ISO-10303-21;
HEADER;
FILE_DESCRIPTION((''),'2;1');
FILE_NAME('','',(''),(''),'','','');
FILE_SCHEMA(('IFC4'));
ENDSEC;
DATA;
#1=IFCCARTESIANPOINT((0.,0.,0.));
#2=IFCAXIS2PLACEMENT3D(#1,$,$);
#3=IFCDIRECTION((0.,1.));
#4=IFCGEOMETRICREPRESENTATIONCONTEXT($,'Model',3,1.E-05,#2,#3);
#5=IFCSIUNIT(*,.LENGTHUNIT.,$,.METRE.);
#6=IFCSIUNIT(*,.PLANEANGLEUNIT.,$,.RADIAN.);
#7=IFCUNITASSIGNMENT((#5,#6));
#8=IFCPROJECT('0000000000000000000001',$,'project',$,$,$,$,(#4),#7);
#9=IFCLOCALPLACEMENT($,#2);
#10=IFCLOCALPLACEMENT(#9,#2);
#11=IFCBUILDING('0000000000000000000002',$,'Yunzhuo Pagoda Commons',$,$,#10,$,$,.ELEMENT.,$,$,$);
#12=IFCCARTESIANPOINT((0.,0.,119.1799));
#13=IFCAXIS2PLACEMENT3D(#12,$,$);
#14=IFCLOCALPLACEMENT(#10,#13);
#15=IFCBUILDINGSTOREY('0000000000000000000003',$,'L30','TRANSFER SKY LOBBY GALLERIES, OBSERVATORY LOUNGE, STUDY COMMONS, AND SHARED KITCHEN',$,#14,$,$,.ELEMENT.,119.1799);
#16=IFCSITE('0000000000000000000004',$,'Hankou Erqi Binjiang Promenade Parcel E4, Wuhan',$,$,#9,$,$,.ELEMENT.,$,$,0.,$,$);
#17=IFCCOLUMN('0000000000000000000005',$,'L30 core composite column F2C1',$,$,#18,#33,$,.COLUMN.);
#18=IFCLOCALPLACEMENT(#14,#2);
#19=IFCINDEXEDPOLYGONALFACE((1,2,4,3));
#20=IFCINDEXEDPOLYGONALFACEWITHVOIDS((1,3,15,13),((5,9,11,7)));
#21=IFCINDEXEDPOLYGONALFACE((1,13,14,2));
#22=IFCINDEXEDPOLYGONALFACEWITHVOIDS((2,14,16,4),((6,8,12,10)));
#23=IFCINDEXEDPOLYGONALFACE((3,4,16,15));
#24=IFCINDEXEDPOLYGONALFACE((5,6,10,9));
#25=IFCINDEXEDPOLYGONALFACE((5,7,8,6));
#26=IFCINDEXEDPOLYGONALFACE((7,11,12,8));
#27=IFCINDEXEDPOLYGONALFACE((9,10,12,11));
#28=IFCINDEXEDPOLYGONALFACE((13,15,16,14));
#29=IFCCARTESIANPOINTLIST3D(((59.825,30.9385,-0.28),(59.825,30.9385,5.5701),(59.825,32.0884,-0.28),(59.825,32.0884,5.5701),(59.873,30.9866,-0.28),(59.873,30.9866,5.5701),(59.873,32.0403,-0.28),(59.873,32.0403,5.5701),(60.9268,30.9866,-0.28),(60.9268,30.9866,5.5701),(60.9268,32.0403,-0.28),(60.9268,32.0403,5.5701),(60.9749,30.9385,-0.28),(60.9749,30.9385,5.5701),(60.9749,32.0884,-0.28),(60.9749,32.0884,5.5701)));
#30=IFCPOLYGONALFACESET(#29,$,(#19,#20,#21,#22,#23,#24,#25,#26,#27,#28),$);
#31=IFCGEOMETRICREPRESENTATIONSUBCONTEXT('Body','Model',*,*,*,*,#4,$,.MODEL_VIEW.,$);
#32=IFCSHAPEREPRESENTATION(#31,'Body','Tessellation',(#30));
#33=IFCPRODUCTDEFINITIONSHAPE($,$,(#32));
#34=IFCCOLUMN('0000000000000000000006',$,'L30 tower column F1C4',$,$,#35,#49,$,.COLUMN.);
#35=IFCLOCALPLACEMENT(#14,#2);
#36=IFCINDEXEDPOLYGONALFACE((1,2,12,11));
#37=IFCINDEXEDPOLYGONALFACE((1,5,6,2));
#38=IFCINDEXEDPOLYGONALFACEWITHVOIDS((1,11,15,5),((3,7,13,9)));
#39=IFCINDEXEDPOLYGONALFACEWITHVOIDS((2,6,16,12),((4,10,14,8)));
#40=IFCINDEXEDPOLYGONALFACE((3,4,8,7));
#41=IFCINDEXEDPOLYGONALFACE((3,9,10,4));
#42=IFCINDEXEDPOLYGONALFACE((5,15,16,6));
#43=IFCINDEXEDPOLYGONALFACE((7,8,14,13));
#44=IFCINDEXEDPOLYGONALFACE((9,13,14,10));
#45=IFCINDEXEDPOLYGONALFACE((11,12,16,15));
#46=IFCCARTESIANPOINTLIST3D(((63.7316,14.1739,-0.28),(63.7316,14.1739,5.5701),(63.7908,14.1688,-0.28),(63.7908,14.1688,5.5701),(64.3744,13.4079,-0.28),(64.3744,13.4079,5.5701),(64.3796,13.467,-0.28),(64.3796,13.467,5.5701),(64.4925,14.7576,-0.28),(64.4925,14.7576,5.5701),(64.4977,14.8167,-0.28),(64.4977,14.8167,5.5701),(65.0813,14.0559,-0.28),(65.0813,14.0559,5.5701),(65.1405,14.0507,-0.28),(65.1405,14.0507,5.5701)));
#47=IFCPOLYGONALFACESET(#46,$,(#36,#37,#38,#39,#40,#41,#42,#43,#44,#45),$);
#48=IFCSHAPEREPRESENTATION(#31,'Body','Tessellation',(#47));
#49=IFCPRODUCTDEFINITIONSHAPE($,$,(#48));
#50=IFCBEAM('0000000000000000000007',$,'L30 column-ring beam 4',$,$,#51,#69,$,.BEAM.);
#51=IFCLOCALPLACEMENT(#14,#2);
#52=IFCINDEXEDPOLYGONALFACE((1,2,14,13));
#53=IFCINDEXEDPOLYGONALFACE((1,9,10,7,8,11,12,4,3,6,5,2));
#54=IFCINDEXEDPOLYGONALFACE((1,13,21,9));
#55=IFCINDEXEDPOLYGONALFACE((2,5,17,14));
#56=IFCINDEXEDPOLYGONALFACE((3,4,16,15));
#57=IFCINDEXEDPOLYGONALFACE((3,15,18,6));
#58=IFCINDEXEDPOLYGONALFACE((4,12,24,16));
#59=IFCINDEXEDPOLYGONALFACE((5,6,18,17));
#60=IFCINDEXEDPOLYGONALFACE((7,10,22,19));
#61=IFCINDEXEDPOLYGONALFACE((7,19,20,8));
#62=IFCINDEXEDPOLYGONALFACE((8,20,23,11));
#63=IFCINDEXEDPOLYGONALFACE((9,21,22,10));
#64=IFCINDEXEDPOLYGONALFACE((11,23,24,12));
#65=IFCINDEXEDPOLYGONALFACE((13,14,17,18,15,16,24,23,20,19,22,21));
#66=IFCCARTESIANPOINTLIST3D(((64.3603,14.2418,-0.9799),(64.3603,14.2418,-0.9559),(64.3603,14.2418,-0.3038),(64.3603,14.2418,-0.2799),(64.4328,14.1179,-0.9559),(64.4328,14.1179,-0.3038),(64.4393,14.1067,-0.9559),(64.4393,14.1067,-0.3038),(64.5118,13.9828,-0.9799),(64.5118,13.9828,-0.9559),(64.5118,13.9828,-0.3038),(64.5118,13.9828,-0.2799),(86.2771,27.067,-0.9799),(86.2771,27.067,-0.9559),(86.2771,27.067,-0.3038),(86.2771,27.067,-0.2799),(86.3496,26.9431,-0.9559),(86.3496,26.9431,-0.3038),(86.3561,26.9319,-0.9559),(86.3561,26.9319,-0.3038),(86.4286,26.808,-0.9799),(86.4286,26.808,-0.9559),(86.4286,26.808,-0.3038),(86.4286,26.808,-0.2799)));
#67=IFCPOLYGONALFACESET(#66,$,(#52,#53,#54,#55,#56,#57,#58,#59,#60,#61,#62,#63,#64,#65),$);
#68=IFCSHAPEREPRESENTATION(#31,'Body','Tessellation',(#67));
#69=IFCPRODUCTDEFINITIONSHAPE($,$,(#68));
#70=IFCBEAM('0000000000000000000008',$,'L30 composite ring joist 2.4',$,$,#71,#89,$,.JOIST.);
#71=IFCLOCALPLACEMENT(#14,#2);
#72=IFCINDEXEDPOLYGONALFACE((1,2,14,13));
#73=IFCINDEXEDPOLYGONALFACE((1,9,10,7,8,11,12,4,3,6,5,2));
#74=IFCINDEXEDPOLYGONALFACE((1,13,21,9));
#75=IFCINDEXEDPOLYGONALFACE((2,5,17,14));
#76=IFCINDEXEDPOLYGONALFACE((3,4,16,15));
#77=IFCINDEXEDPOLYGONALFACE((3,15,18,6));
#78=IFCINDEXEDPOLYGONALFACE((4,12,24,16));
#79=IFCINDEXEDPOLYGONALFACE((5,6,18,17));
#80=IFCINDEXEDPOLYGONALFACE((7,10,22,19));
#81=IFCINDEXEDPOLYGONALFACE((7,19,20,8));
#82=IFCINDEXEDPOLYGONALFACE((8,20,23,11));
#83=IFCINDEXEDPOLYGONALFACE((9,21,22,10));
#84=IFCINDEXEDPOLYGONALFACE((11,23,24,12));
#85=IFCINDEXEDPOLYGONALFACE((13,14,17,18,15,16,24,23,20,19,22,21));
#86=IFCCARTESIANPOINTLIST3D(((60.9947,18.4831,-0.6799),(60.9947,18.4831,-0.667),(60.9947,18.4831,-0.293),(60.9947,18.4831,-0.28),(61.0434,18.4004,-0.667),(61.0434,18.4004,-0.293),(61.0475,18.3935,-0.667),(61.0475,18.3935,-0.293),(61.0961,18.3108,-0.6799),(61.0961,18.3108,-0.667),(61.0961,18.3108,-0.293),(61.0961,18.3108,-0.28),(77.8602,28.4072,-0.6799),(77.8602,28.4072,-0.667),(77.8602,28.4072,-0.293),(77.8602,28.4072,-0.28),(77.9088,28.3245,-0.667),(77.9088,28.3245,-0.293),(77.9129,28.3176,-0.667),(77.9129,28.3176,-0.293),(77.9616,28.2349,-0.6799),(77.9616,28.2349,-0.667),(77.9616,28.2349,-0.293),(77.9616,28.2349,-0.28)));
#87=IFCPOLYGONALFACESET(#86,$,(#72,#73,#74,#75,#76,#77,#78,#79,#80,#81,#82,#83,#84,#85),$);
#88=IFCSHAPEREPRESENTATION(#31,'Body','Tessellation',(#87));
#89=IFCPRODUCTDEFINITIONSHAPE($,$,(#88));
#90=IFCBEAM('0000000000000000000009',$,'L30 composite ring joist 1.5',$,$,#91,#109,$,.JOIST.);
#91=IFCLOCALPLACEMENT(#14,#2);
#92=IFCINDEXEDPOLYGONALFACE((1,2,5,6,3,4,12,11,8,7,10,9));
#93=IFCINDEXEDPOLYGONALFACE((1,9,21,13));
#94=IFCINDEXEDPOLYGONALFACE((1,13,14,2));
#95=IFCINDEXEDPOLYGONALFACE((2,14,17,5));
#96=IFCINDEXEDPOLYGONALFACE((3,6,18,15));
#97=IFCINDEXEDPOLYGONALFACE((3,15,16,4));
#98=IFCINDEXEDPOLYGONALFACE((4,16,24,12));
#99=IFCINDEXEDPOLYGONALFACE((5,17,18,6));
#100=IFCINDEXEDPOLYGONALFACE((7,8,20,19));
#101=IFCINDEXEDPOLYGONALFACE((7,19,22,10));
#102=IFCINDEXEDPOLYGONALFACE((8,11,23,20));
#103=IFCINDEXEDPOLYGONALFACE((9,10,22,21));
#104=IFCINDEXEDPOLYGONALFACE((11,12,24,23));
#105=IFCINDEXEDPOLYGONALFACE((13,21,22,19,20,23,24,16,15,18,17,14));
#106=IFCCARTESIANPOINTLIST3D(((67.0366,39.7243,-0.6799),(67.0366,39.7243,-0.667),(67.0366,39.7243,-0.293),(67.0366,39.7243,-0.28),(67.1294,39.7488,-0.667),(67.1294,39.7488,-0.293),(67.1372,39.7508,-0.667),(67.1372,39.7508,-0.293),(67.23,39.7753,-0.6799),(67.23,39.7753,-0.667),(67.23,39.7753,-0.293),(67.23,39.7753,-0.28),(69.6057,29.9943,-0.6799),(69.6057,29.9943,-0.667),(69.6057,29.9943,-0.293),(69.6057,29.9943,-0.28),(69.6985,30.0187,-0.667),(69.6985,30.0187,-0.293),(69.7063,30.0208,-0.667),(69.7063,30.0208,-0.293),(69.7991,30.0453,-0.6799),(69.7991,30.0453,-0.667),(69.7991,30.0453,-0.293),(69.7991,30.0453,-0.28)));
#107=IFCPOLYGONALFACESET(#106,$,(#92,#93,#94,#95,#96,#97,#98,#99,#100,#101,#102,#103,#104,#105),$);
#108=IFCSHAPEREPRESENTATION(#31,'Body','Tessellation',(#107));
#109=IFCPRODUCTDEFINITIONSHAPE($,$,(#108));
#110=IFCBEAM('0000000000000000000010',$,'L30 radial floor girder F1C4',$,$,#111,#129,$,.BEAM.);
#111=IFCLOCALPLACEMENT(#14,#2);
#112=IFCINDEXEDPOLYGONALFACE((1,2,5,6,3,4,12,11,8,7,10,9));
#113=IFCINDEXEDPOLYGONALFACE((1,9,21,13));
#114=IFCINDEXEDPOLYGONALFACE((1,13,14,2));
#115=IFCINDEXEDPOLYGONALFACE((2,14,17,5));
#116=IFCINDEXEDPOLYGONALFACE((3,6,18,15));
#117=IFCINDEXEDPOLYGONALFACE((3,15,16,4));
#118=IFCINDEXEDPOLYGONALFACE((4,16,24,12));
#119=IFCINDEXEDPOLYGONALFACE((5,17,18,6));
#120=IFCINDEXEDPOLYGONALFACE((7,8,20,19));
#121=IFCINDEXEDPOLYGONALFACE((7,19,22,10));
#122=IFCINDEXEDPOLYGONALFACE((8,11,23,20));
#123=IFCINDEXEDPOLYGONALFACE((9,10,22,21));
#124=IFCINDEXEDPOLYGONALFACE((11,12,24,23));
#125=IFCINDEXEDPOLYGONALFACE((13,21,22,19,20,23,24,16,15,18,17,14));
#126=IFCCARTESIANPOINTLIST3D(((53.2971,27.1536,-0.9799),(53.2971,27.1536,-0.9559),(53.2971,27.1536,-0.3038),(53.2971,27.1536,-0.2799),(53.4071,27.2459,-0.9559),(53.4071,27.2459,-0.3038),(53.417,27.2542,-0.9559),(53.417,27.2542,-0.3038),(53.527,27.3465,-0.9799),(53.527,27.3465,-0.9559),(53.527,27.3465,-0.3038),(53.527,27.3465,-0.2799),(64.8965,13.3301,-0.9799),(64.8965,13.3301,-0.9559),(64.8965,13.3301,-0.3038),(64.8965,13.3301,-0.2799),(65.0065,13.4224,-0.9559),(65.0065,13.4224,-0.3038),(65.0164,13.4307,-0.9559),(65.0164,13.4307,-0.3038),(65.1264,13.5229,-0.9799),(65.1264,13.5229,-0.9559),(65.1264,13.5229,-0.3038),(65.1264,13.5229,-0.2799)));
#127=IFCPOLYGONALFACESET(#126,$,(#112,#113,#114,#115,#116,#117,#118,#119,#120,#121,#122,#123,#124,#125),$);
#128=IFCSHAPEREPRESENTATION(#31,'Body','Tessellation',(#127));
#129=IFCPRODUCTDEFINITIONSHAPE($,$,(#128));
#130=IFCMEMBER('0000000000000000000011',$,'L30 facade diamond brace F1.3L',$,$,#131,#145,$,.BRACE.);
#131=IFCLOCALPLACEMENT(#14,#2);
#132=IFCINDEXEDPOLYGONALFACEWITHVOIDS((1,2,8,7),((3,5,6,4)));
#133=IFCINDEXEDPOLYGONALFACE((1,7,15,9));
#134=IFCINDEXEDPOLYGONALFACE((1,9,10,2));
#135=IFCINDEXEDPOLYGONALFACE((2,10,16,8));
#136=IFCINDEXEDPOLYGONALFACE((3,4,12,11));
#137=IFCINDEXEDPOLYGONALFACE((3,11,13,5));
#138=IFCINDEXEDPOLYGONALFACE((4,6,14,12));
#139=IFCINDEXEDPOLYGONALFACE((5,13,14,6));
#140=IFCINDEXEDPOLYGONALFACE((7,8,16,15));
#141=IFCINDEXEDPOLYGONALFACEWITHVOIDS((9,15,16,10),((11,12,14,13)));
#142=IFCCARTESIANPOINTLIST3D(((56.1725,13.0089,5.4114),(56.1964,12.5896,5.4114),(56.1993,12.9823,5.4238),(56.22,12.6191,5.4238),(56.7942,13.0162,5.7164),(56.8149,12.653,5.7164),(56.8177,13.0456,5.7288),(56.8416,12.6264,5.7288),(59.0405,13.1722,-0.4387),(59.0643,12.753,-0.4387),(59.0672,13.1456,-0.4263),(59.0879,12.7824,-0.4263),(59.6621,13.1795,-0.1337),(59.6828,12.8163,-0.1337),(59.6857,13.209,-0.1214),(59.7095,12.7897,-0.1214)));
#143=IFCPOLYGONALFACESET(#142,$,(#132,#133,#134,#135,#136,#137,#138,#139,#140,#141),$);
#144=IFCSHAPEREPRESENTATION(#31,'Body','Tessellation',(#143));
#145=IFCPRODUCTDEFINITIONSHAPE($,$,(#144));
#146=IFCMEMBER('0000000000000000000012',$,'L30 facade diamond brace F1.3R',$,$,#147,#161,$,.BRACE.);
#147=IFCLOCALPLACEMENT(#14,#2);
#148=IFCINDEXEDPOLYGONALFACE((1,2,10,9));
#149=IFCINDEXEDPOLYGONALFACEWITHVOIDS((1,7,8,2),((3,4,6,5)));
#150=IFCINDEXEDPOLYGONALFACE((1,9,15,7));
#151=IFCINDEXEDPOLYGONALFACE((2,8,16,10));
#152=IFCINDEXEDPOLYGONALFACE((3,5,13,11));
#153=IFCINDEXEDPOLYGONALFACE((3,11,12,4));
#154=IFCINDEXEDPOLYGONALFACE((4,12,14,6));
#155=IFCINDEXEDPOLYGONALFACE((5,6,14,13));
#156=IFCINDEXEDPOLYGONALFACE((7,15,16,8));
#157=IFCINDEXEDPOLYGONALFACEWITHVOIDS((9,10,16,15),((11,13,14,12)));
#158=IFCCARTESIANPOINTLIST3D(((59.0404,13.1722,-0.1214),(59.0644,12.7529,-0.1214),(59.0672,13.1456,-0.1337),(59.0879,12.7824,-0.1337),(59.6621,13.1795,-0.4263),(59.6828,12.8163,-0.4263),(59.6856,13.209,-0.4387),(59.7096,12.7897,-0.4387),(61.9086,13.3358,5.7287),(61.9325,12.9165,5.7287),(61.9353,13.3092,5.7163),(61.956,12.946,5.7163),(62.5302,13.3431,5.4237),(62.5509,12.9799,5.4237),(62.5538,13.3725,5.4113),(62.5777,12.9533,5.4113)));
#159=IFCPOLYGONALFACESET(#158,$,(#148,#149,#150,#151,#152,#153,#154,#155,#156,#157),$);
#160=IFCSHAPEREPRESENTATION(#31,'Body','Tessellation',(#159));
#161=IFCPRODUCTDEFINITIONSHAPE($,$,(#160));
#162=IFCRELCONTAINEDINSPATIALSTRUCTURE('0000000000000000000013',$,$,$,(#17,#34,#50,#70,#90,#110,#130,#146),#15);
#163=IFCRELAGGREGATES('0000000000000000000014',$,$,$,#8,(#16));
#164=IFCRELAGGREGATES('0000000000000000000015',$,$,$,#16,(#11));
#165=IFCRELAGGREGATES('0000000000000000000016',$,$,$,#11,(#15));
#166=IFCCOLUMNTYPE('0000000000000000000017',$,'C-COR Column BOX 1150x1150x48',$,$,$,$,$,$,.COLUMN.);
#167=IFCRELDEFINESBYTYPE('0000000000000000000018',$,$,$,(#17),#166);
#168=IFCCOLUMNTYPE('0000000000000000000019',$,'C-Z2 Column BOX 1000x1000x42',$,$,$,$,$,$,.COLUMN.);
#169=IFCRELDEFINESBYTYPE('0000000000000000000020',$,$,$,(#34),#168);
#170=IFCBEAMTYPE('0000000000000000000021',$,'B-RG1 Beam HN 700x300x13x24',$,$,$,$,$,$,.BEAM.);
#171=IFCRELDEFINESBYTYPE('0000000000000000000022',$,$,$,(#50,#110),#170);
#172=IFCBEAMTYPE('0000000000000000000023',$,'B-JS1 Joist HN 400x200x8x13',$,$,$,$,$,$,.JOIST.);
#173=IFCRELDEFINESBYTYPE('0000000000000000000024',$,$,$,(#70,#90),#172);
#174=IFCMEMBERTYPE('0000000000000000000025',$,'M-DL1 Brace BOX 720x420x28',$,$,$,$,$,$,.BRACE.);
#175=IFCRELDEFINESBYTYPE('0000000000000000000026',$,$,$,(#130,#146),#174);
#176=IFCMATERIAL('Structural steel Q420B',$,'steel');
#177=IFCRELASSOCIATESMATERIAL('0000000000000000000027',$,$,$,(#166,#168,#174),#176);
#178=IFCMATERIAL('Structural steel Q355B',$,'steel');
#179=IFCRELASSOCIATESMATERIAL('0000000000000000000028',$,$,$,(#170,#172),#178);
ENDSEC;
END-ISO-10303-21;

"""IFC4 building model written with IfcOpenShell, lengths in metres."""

from ifc_helpers import new_model, si_unit, direction, frame, origin, origin_2d, place, context, subcontext, project, spatial, hollow_rectangle, i_section, extrude, source, transform, mapped, material, material_profile, profile_set, type_object, element, save


model = new_model("IFC4")

# Units and contexts
model_context = context("Model", 3, precision=1e-05, world=origin(), true_north=direction((0.0, 1.0)))
body_context = subcontext(model_context, "Body", "Model", "MODEL_VIEW")
ifc_project = project(units=[si_unit("LENGTHUNIT", "METRE"), si_unit("PLANEANGLEUNIT", "RADIAN")], contexts=[model_context])

# Site, building, storey
site_placement = place(None, origin())
site = spatial("IfcSite", under=ifc_project, at=site_placement, Name="Hankou Erqi Binjiang Promenade Parcel E4, Wuhan", CompositionType="ELEMENT", RefElevation=0.0)
building_placement = place(site_placement, origin())
building = spatial("IfcBuilding", under=site, at=building_placement, Name="Yunzhuo Pagoda Commons", CompositionType="ELEMENT")
storey_placement = place(building_placement, frame((0.0, 0.0, 119.1799)))
storey = spatial("IfcBuildingStorey", under=building, at=storey_placement, Name="L30", Description="TRANSFER SKY LOBBY GALLERIES, OBSERVATORY LOUNGE, STUDY COMMONS, AND SHARED KITCHEN", CompositionType="ELEMENT", Elevation=119.1799)

# Columns
ifc_material_1 = material(Name="Structural steel Q420B", Category="steel")
ifc_material_profile_1 = material_profile(ifc_material_1, hollow_rectangle(XDim=1.1499, YDim=1.1499, WallThickness=0.0481, at=origin_2d()), Name="Structural steel Q420B")
ifc_profile_set_1 = profile_set([ifc_material_profile_1], Name="Structural steel Q420B")
column_type_1 = type_object("IfcColumnType", Name="C-COR Column BOX 1150x1150x48", PredefinedType="COLUMN", material=ifc_profile_set_1)
shared_shape_1 = source(origin(), body_context, "Body", "SweptSolid", [
    extrude(hollow_rectangle(XDim=1.1499, YDim=1.1499, WallThickness=0.0481, at=origin_2d()), origin(), (0.0, 0.0, 1.0), 5.8501),
])
column_1_placement = place(storey_placement, frame((60.3999, 31.5134, -0.28), z_axis=(0.0, 0.0, 1.0), x_axis=(1.0, 0.0, 0.0)))
element("IfcColumn", 1, at=column_1_placement, inside=storey, type_object=column_type_1, Name="L30 core composite column F2C1", PredefinedType="COLUMN", context=body_context, shape_type="MappedRepresentation", body=[
    mapped(shared_shape_1, transform((0.0, 0.0, 0.0), scale=1.0)),
])
ifc_material_profile_2 = material_profile(ifc_material_1, hollow_rectangle(XDim=1.0, YDim=1.0, WallThickness=0.042, at=origin_2d()), Name="Structural steel Q420B")
ifc_profile_set_2 = profile_set([ifc_material_profile_2], Name="Structural steel Q420B")
column_type_2 = type_object("IfcColumnType", Name="C-Z2 Column BOX 1000x1000x42", PredefinedType="COLUMN", material=ifc_profile_set_2)
shared_shape_2 = source(origin(), body_context, "Body", "SweptSolid", [
    extrude(hollow_rectangle(XDim=1.0, YDim=1.0, WallThickness=0.042, at=origin_2d()), origin(), (0.0, 0.0, 1.0), 5.8501),
])
column_2_placement = place(storey_placement, frame((64.436, 14.1123, -0.28), z_axis=(0.0, 0.0, 1.0), x_axis=(0.766044, 0.642788, 0.0)))
element("IfcColumn", 2, at=column_2_placement, inside=storey, type_object=column_type_2, Name="L30 tower column F1C4", PredefinedType="COLUMN", context=body_context, shape_type="MappedRepresentation", body=[
    mapped(shared_shape_2, transform((0.0, 0.0, 0.0), scale=1.0)),
])

# Beams
ifc_material_2 = material(Name="Structural steel Q355B", Category="steel")
ifc_material_profile_3 = material_profile(ifc_material_2, i_section(OverallWidth=0.3, OverallDepth=0.7, WebThickness=0.0129, FlangeThickness=0.0239, at=origin_2d()), Name="Structural steel Q355B")
ifc_profile_set_3 = profile_set([ifc_material_profile_3], Name="Structural steel Q355B")
beam_type_1 = type_object("IfcBeamType", Name="B-RG1 Beam HN 700x300x13x24", PredefinedType="BEAM", material=ifc_profile_set_3)
shared_shape_3 = source(origin(), body_context, "Body", "SweptSolid", [
    extrude(i_section(OverallWidth=0.3, OverallDepth=0.7, WebThickness=0.0129, FlangeThickness=0.0239, at=origin_2d()), origin(), (0.0, 0.0, 1.0), 25.3936),
])
beam_1_placement = place(storey_placement, frame((64.436, 14.1123, -0.6299), z_axis=(0.863085, 0.505058, 0.0), x_axis=(-0.505058, 0.863085, 0.0)))
element("IfcBeam", 3, at=beam_1_placement, inside=storey, type_object=beam_type_1, Name="L30 column-ring beam 4", PredefinedType="BEAM", context=body_context, shape_type="MappedRepresentation", body=[
    mapped(shared_shape_3, transform((0.0, 0.0, 0.0), scale=1.0)),
])
ifc_material_profile_4 = material_profile(ifc_material_2, i_section(OverallWidth=0.2, OverallDepth=0.3999, WebThickness=0.0081, FlangeThickness=0.0129, at=origin_2d()), Name="Structural steel Q355B")
ifc_profile_set_4 = profile_set([ifc_material_profile_4], Name="Structural steel Q355B")
beam_type_2 = type_object("IfcBeamType", Name="B-JS1 Joist HN 400x200x8x13", PredefinedType="JOIST", material=ifc_profile_set_4)
shared_shape_4 = source(origin(), body_context, "Body", "SweptSolid", [
    extrude(i_section(OverallWidth=0.2, OverallDepth=0.3999, WebThickness=0.0081, FlangeThickness=0.0129, at=origin_2d()), origin(), (0.0, 0.0, 1.0), 19.5686),
])
beam_2_placement = place(storey_placement, frame((61.0454, 18.397, -0.48), z_axis=(0.861863, 0.507142, 0.0), x_axis=(-0.507142, 0.861863, 0.0)))
element("IfcBeam", 4, at=beam_2_placement, inside=storey, type_object=beam_type_2, Name="L30 composite ring joist 2.4", PredefinedType="JOIST", context=body_context, shape_type="MappedRepresentation", body=[
    mapped(shared_shape_4, transform((0.0, 0.0, 0.0), scale=1.0)),
])
shared_shape_5 = source(origin(), body_context, "Body", "SweptSolid", [
    extrude(i_section(OverallWidth=0.2, OverallDepth=0.3999, WebThickness=0.0081, FlangeThickness=0.0129, at=origin_2d()), origin(), (0.0, 0.0, 1.0), 10.0635),
])
beam_3_placement = place(storey_placement, frame((69.7024, 30.0198, -0.48), z_axis=(-0.25529, 0.966865, 0.0), x_axis=(-0.966865, -0.25529, 0.0)))
element("IfcBeam", 5, at=beam_3_placement, inside=storey, type_object=beam_type_2, Name="L30 composite ring joist 1.5", PredefinedType="JOIST", context=body_context, shape_type="MappedRepresentation", body=[
    mapped(shared_shape_5, transform((0.0, 0.0, 0.0), scale=1.0)),
])
shared_shape_6 = source(origin(), body_context, "Body", "SweptSolid", [
    extrude(i_section(OverallWidth=0.3, OverallDepth=0.7, WebThickness=0.0129, FlangeThickness=0.0239, at=origin_2d()), origin(), (0.0, 0.0, 1.0), 18.0454),
])
beam_4_placement = place(storey_placement, frame((65.0115, 13.4265, -0.6299), z_axis=(-0.64279, 0.766042, 0.0), x_axis=(-0.766042, -0.64279, 0.0)))
element("IfcBeam", 6, at=beam_4_placement, inside=storey, type_object=beam_type_1, Name="L30 radial floor girder F1C4", PredefinedType="BEAM", context=body_context, shape_type="MappedRepresentation", body=[
    mapped(shared_shape_6, transform((0.0, 0.0, 0.0), scale=1.0)),
])

# Members
ifc_material_profile_5 = material_profile(ifc_material_1, hollow_rectangle(XDim=0.4199, YDim=0.72, WallThickness=0.0281, at=origin_2d()), Name="Structural steel Q420B")
ifc_profile_set_5 = profile_set([ifc_material_profile_5], Name="Structural steel Q420B")
member_type_1 = type_object("IfcMemberType", Name="M-DL1 Brace BOX 720x420x28", PredefinedType="BRACE", material=ifc_profile_set_5)
shared_shape_7 = source(origin(), body_context, "Body", "SweptSolid", [
    extrude(hollow_rectangle(XDim=0.4199, YDim=0.72, WallThickness=0.0281, at=origin_2d()), origin(), (0.0, 0.0, 1.0), 6.5173),
])
for number, where, z_axis, x_axis, name in (
    (7, (59.375, 12.981, -0.28), (-0.440047, -0.025061, 0.897625), (0.056859, -0.998382, 0.0), "L30 facade diamond brace F1.3L"),
    (8, (59.375, 12.981, -0.28), (0.440077, 0.025098, 0.897609), (-0.056938, 0.998378, 0.0), "L30 facade diamond brace F1.3R"),
):
    element("IfcMember", number, at=place(storey_placement, frame(where, z_axis=z_axis, x_axis=x_axis)), inside=storey, type_object=member_type_1, Name=name, PredefinedType="BRACE", context=body_context, shape_type="MappedRepresentation", body=[
        mapped(shared_shape_7, transform((0.0, 0.0, 0.0), scale=1.0)),
    ])

save(model, "model.ifc")
